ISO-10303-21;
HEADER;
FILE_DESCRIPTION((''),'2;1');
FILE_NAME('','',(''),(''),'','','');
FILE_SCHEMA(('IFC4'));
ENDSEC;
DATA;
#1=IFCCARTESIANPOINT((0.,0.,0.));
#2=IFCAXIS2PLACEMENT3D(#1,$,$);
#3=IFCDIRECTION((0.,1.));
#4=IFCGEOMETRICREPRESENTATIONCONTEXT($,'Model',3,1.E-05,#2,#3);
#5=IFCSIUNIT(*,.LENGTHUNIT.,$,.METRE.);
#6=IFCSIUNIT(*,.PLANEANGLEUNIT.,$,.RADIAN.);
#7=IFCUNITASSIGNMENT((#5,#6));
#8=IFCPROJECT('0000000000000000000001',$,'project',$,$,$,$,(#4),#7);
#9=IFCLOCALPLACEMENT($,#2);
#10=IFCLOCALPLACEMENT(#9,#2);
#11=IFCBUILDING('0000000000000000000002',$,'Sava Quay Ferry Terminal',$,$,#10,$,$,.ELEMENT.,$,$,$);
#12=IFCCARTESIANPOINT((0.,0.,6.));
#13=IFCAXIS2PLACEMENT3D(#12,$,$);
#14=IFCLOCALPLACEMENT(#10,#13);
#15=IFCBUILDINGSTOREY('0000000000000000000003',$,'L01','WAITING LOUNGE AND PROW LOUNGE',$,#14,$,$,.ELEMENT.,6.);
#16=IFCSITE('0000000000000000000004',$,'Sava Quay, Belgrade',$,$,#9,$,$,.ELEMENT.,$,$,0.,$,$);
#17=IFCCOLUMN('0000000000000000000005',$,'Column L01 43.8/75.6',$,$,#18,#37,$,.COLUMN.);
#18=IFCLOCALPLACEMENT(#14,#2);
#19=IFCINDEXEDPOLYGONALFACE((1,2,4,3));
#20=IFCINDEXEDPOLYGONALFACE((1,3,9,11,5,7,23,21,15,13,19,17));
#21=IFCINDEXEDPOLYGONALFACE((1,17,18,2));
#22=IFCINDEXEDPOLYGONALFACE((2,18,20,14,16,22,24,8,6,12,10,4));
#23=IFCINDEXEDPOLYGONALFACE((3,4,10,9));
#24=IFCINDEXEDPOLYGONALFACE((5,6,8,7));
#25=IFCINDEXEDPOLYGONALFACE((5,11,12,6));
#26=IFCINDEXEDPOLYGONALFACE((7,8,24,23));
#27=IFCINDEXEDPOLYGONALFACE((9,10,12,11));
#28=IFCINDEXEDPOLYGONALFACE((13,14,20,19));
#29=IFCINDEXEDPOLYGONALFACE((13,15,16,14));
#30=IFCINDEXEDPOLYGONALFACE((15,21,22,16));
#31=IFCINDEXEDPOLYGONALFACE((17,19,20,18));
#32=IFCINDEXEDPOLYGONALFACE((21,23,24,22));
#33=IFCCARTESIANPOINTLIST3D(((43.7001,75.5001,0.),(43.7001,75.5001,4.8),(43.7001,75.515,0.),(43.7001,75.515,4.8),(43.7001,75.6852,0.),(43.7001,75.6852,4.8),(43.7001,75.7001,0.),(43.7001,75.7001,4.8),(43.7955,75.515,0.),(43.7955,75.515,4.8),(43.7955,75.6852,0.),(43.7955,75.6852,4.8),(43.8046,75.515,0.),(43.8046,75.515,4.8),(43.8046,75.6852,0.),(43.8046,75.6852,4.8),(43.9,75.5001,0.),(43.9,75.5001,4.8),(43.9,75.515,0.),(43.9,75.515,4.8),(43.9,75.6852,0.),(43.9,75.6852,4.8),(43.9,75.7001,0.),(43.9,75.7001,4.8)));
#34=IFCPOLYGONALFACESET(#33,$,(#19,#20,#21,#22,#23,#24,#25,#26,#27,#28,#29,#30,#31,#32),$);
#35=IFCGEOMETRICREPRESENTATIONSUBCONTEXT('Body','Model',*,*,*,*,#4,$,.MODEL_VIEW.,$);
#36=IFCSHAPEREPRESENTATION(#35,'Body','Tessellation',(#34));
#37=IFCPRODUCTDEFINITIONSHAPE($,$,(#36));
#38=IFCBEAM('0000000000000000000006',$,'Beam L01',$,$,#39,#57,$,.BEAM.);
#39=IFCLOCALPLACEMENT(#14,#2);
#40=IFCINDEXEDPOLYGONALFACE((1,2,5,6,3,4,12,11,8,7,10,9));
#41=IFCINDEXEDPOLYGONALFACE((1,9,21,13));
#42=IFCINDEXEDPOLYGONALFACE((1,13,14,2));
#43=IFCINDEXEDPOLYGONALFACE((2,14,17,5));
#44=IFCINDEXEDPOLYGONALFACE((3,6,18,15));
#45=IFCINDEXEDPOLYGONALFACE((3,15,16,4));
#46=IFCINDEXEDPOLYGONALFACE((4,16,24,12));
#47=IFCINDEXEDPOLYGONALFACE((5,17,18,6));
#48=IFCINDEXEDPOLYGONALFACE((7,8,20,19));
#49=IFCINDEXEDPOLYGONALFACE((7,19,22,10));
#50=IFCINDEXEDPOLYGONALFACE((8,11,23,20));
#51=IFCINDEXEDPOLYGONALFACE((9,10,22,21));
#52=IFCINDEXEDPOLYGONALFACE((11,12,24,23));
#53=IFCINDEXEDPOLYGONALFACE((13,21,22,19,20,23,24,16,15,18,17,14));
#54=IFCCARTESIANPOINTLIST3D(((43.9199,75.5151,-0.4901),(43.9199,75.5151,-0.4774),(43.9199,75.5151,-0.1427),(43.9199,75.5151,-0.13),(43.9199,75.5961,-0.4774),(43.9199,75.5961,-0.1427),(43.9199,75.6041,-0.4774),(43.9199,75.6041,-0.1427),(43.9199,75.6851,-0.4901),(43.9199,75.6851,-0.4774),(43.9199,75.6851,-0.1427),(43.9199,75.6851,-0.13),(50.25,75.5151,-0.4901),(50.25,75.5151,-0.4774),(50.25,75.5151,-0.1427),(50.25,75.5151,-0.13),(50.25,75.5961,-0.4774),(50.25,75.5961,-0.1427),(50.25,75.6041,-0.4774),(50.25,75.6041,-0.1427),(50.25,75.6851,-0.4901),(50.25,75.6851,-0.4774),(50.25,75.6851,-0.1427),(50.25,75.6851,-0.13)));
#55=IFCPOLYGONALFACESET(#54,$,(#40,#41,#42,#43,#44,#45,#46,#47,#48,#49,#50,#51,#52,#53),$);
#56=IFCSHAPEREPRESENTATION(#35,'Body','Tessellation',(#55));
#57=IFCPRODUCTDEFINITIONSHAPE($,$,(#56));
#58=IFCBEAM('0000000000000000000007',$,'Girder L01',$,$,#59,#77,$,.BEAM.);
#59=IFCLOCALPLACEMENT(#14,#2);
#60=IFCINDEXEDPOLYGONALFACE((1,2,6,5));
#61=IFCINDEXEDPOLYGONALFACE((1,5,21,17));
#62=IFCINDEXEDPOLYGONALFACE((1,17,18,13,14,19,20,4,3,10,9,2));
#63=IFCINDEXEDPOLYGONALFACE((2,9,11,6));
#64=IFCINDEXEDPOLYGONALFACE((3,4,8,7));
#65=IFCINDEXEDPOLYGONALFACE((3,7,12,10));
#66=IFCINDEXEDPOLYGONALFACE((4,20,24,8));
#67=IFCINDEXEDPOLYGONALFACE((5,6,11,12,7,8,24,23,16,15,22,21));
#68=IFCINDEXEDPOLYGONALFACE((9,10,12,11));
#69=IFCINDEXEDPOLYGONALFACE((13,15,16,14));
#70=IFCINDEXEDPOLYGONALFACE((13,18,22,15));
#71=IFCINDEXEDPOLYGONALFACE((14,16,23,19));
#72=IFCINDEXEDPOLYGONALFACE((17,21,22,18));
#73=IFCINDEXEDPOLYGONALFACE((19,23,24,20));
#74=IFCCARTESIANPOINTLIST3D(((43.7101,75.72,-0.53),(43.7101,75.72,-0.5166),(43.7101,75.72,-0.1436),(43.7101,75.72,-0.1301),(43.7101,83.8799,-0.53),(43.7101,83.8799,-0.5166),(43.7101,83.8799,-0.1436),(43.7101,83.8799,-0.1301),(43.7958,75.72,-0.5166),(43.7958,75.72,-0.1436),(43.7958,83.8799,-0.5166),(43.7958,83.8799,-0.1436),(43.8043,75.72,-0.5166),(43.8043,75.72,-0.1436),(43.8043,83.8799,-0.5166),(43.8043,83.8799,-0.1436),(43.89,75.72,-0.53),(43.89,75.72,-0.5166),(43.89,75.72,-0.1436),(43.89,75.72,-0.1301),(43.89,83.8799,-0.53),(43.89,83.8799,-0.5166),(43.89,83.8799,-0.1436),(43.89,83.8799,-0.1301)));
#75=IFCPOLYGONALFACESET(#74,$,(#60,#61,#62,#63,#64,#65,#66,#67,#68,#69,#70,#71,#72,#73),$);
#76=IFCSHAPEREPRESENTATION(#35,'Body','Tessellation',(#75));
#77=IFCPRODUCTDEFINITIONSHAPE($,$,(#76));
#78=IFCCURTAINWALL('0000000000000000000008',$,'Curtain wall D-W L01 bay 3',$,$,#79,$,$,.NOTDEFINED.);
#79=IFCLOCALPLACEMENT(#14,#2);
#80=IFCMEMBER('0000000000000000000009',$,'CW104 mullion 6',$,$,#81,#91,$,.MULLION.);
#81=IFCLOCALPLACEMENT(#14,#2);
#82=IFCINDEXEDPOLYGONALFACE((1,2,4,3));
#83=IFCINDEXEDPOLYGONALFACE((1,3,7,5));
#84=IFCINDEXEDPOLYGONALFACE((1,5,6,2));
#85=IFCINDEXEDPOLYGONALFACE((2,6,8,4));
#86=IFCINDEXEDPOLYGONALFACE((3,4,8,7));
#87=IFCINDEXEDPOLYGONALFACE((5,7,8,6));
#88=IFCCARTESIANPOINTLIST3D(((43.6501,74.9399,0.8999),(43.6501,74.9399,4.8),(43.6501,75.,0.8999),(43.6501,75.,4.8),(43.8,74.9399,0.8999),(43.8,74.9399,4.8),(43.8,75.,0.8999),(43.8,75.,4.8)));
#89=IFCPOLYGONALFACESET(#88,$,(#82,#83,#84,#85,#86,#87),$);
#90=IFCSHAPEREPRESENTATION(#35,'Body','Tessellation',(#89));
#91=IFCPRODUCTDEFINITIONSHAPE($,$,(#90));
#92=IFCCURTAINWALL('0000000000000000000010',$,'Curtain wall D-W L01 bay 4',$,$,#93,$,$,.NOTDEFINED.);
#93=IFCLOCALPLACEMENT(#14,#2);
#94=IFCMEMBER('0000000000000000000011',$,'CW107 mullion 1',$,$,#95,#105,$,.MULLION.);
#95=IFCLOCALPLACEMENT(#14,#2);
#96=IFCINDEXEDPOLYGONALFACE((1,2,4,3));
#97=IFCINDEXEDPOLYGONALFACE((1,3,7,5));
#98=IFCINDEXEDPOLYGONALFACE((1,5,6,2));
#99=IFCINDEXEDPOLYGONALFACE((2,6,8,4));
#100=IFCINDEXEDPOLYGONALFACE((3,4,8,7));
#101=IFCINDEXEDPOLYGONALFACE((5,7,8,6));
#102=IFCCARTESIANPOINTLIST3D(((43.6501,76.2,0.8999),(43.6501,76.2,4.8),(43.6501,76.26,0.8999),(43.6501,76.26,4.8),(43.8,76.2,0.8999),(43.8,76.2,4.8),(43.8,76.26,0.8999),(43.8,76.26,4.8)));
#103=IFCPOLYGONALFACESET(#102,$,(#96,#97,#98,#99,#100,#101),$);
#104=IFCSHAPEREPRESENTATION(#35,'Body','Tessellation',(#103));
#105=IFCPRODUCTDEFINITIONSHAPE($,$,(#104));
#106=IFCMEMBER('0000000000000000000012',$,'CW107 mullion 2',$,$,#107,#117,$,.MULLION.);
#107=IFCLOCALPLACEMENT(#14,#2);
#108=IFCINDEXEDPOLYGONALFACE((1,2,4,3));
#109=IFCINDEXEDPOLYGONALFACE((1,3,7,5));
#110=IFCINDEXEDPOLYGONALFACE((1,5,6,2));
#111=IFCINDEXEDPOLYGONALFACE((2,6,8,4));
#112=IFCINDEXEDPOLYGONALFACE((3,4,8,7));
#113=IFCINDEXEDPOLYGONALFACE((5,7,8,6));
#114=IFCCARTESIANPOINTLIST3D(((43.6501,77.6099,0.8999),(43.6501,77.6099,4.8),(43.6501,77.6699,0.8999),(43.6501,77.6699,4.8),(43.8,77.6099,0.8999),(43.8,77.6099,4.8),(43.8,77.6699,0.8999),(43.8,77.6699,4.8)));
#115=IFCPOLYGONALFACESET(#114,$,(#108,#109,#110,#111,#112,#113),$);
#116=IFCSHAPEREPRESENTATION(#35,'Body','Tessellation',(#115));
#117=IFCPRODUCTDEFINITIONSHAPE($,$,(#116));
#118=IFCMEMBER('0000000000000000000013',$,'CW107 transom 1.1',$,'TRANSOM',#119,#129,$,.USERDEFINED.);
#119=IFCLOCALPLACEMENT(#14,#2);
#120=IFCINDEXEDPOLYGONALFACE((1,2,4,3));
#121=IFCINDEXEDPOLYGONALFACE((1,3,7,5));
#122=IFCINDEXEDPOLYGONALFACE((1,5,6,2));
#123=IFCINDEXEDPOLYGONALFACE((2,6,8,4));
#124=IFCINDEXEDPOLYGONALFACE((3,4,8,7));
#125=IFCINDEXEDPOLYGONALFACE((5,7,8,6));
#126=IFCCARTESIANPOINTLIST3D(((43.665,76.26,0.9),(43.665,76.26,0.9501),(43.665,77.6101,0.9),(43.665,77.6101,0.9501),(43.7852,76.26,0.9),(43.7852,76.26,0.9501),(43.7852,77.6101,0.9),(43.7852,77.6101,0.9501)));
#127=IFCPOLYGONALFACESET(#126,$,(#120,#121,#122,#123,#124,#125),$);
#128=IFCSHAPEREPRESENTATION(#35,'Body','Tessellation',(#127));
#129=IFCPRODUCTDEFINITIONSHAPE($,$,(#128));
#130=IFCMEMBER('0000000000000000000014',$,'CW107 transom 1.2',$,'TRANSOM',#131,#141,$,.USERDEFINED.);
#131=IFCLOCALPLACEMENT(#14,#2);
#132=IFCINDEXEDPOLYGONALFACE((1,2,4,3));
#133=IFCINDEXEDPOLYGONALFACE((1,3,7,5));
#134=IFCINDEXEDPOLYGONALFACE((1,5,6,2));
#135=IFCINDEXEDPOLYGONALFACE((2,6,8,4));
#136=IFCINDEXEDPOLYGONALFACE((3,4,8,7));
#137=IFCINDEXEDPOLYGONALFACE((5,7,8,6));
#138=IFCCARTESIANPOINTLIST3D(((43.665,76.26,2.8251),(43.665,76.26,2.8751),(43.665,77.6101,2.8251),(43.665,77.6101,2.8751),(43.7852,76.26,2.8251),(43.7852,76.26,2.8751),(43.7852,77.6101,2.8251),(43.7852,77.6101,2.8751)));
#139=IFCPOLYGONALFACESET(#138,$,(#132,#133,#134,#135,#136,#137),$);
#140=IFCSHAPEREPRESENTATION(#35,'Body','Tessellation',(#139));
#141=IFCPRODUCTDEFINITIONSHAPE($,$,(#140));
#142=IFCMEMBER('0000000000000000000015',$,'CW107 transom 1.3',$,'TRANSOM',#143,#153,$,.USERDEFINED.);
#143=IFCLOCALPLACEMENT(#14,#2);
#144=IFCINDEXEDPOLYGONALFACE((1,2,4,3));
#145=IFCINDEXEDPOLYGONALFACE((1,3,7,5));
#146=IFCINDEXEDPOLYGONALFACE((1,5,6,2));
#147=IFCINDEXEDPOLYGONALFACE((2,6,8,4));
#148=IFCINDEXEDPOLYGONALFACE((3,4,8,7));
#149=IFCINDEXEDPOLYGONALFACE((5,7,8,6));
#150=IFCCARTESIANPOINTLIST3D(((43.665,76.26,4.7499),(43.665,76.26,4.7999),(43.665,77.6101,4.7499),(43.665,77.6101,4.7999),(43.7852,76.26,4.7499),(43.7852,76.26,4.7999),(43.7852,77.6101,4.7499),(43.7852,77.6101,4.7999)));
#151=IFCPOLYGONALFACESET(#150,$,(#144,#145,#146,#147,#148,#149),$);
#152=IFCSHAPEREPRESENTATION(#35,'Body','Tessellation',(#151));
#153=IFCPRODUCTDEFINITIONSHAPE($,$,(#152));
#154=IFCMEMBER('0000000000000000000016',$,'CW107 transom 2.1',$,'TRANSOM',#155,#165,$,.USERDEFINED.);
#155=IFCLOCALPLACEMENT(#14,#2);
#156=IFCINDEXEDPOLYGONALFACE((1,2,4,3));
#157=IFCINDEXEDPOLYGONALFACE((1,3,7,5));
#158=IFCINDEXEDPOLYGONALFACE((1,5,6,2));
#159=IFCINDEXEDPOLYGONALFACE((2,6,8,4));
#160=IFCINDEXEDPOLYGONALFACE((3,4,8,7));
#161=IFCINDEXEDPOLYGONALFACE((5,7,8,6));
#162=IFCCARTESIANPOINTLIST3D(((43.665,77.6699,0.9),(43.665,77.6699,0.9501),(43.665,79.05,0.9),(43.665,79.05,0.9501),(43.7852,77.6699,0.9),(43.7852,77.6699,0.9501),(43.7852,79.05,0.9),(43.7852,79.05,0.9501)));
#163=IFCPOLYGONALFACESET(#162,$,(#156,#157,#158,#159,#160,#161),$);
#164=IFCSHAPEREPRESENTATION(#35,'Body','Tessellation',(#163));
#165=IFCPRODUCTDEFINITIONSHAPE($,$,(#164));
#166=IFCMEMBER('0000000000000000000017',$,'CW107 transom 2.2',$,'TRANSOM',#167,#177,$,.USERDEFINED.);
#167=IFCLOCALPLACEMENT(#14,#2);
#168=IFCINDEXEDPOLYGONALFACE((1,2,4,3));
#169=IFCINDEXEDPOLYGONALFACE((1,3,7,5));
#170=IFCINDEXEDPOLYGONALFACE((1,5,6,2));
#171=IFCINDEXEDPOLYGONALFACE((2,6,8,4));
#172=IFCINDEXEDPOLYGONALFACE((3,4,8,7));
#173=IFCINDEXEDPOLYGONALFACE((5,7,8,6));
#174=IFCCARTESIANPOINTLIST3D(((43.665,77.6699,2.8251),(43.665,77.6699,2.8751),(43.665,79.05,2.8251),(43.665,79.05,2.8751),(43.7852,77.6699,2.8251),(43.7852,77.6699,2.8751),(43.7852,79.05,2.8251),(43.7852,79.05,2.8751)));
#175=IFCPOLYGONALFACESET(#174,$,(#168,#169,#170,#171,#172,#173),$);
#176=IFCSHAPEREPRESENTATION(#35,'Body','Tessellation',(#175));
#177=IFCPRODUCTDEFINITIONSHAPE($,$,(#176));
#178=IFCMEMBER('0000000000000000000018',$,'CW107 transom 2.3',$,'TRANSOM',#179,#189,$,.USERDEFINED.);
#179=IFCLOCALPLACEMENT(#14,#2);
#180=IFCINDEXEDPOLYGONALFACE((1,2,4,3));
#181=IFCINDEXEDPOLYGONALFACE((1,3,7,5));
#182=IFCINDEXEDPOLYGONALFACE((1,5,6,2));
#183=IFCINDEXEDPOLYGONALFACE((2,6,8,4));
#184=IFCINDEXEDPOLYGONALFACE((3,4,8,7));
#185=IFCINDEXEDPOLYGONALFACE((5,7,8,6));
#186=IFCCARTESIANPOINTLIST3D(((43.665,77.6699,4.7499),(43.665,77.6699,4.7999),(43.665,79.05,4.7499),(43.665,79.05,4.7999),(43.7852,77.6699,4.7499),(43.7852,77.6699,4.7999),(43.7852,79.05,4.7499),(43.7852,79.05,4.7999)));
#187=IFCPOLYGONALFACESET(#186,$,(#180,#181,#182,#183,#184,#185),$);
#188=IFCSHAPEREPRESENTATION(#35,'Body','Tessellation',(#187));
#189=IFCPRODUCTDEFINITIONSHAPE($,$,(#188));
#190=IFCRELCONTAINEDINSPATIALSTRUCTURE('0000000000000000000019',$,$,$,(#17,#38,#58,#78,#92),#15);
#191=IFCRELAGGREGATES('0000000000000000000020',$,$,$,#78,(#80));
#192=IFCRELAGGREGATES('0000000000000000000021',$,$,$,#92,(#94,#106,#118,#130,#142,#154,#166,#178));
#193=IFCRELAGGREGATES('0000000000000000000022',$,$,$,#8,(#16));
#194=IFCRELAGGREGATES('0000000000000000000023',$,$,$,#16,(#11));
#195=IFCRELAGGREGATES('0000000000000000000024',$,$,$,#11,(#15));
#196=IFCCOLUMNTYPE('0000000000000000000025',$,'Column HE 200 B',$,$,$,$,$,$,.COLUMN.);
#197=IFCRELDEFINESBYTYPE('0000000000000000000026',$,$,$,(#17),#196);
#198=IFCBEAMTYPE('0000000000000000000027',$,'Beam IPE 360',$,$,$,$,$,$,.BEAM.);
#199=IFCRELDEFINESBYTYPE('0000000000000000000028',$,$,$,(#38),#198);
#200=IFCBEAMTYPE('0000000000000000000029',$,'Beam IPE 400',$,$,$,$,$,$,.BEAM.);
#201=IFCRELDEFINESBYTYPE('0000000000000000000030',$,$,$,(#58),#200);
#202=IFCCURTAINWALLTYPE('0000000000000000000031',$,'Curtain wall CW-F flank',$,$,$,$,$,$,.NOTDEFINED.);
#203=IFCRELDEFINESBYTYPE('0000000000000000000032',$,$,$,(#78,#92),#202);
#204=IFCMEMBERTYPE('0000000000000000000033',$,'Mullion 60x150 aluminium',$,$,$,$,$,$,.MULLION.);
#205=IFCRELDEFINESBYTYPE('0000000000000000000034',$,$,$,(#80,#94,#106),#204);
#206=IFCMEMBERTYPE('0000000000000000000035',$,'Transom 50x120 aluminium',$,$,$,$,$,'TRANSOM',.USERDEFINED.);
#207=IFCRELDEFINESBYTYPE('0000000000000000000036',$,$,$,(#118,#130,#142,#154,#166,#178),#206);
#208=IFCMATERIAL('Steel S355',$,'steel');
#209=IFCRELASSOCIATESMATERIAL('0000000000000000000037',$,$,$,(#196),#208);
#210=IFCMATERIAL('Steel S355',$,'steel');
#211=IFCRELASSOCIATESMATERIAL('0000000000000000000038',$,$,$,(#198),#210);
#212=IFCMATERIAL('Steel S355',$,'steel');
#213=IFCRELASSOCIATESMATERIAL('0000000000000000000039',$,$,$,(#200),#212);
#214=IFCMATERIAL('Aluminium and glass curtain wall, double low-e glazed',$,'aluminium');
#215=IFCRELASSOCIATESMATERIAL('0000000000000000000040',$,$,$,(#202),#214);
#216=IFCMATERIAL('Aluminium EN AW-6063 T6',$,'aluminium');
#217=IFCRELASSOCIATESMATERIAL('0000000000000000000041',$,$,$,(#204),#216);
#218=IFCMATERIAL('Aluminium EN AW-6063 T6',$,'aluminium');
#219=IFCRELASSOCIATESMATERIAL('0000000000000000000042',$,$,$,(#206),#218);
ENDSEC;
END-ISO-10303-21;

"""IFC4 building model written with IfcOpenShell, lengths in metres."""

from ifc_helpers import new_model, si_unit, direction, frame, origin, origin_2d, place, context, subcontext, project, spatial, rectangle, i_section, extrude, material, material_profile, profile_set, type_object, element, aggregate, save


model = new_model("IFC4")

# Units and contexts
model_context = context("Model", 3, precision=1e-05, world=origin(), true_north=direction((0.0, 1.0)))
body_context = subcontext(model_context, "Body", "Model", "MODEL_VIEW")
ifc_project = project(units=[si_unit("LENGTHUNIT", "METRE"), si_unit("PLANEANGLEUNIT", "RADIAN")], contexts=[model_context])

# Site, building, storey
site_placement = place(None, origin())
site = spatial("IfcSite", under=ifc_project, at=site_placement, Name="Sava Quay, Belgrade", CompositionType="ELEMENT", RefElevation=0.0)
building_placement = place(site_placement, origin())
building = spatial("IfcBuilding", under=site, at=building_placement, Name="Sava Quay Ferry Terminal", CompositionType="ELEMENT")
storey_placement = place(building_placement, frame((0.0, 0.0, 6.0)))
storey = spatial("IfcBuildingStorey", under=building, at=storey_placement, Name="L01", Description="WAITING LOUNGE AND PROW LOUNGE", CompositionType="ELEMENT", Elevation=6.0)

# Column
ifc_material_1 = material(Name="Steel S355", Category="steel")
ifc_material_profile_1 = material_profile(ifc_material_1, i_section(OverallWidth=0.2, OverallDepth=0.2, WebThickness=0.009, FlangeThickness=0.0149, at=origin_2d()), Name="HE 200 B")
ifc_profile_set_1 = profile_set([ifc_material_profile_1], Name="Steel S355")
column_type = type_object("IfcColumnType", Name="Column HE 200 B", PredefinedType="COLUMN", material=ifc_profile_set_1)
column_placement = place(storey_placement, frame((43.8, 75.6001, 0.0), z_axis=(0.0, 0.0, 1.0), x_axis=(1.0, 0.0, 0.0)))
element("IfcColumn", 1, at=column_placement, inside=storey, type_object=column_type, Name="Column L01 43.8/75.6", PredefinedType="COLUMN", context=body_context, shape_type="SweptSolid", body=[
    extrude(i_section(OverallWidth=0.2, OverallDepth=0.2, WebThickness=0.009, FlangeThickness=0.0149, at=origin_2d()), origin(), (0.0, 0.0, 1.0), 4.8),
])

# Beams
ifc_material_2 = material(Name="Steel S355", Category="steel")
ifc_material_profile_2 = material_profile(ifc_material_2, i_section(OverallWidth=0.1699, OverallDepth=0.3601, WebThickness=0.0081, FlangeThickness=0.0127, at=origin_2d()), Name="IPE 360")
ifc_profile_set_2 = profile_set([ifc_material_profile_2], Name="Steel S355")
beam_type_1 = type_object("IfcBeamType", Name="Beam IPE 360", PredefinedType="BEAM", material=ifc_profile_set_2)
beam_1_placement = place(storey_placement, frame((43.9199, 75.6001, -0.3101), z_axis=(1.0, 0.0, 0.0), x_axis=(0.0, 1.0, 0.0)))
element("IfcBeam", 2, at=beam_1_placement, inside=storey, type_object=beam_type_1, Name="Beam L01", PredefinedType="BEAM", context=body_context, shape_type="SweptSolid", body=[
    extrude(i_section(OverallWidth=0.1699, OverallDepth=0.3601, WebThickness=0.0081, FlangeThickness=0.0127, at=origin_2d()), origin(), (0.0, 0.0, 1.0), 6.3301),
])
ifc_material_3 = material(Name="Steel S355", Category="steel")
ifc_material_profile_3 = material_profile(ifc_material_3, i_section(OverallWidth=0.1799, OverallDepth=0.3999, WebThickness=0.0085, FlangeThickness=0.0134, at=origin_2d()), Name="IPE 400")
ifc_profile_set_3 = profile_set([ifc_material_profile_3], Name="Steel S355")
beam_type_2 = type_object("IfcBeamType", Name="Beam IPE 400", PredefinedType="BEAM", material=ifc_profile_set_3)
beam_2_placement = place(storey_placement, frame((43.8, 75.72, -0.3301), z_axis=(0.0, 1.0, 0.0), x_axis=(-1.0, 0.0, 0.0)))
element("IfcBeam", 3, at=beam_2_placement, inside=storey, type_object=beam_type_2, Name="Girder L01", PredefinedType="BEAM", context=body_context, shape_type="SweptSolid", body=[
    extrude(i_section(OverallWidth=0.1799, OverallDepth=0.3999, WebThickness=0.0085, FlangeThickness=0.0134, at=origin_2d()), origin(), (0.0, 0.0, 1.0), 8.1599),
])

# Curtain wall, member
ifc_material_4 = material(Name="Aluminium and glass curtain wall, double low-e glazed", Category="aluminium")
curtain_wall_type = type_object("IfcCurtainWallType", Name="Curtain wall CW-F flank", PredefinedType="NOTDEFINED", material=ifc_material_4)
curtain_wall_1_placement = place(storey_placement, origin())
curtain_wall_1 = element("IfcCurtainWall", 4, at=curtain_wall_1_placement, inside=storey, type_object=curtain_wall_type, Name="Curtain wall D-W L01 bay 3", PredefinedType="NOTDEFINED")
ifc_material_5 = material(Name="Aluminium EN AW-6063 T6", Category="aluminium")
ifc_material_profile_4 = material_profile(ifc_material_5, rectangle(XDim=0.1499, YDim=0.0601, at=origin_2d()), Name="Mullion 60x150 aluminium")
ifc_profile_set_4 = profile_set([ifc_material_profile_4], Name="Aluminium EN AW-6063 T6")
member_type_1 = type_object("IfcMemberType", Name="Mullion 60x150 aluminium", PredefinedType="MULLION", material=ifc_profile_set_4)
member_1_placement = place(storey_placement, frame((43.7251, 74.97, 0.8999), z_axis=(0.0, 0.0, 1.0), x_axis=(-1.0, 0.0, 0.0)))
member_1 = element("IfcMember", 5, at=member_1_placement, type_object=member_type_1, Name="CW104 mullion 6", PredefinedType="MULLION", context=body_context, shape_type="SweptSolid", body=[
    extrude(rectangle(XDim=0.1499, YDim=0.0601, at=origin_2d()), origin(), (0.0, 0.0, 1.0), 3.9001),
])
aggregate(curtain_wall_1, [member_1])

# Curtain wall, members
curtain_wall_2_placement = place(storey_placement, origin())
curtain_wall_2 = element("IfcCurtainWall", 6, at=curtain_wall_2_placement, inside=storey, type_object=curtain_wall_type, Name="Curtain wall D-W L01 bay 4", PredefinedType="NOTDEFINED")
member_2_placement = place(storey_placement, frame((43.7251, 76.23, 0.8999), z_axis=(0.0, 0.0, 1.0), x_axis=(-1.0, 0.0, 0.0)))
member_2 = element("IfcMember", 7, at=member_2_placement, type_object=member_type_1, Name="CW107 mullion 1", PredefinedType="MULLION", context=body_context, shape_type="SweptSolid", body=[
    extrude(rectangle(XDim=0.1499, YDim=0.0601, at=origin_2d()), origin(), (0.0, 0.0, 1.0), 3.9001),
])
member_3_placement = place(storey_placement, frame((43.7251, 77.6399, 0.8999), z_axis=(0.0, 0.0, 1.0), x_axis=(-1.0, 0.0, 0.0)))
member_3 = element("IfcMember", 8, at=member_3_placement, type_object=member_type_1, Name="CW107 mullion 2", PredefinedType="MULLION", context=body_context, shape_type="SweptSolid", body=[
    extrude(rectangle(XDim=0.1499, YDim=0.0601, at=origin_2d()), origin(), (0.0, 0.0, 1.0), 3.9001),
])
ifc_material_6 = material(Name="Aluminium EN AW-6063 T6", Category="aluminium")
ifc_material_profile_5 = material_profile(ifc_material_6, rectangle(XDim=0.1201, YDim=0.05, at=origin_2d()), Name="Transom 50x120 aluminium")
ifc_profile_set_5 = profile_set([ifc_material_profile_5], Name="Aluminium EN AW-6063 T6")
member_type_2 = type_object("IfcMemberType", Name="Transom 50x120 aluminium", ElementType="TRANSOM", PredefinedType="USERDEFINED", material=ifc_profile_set_5)
member_4_placement = place(storey_placement, frame((43.7251, 76.26, 0.925), z_axis=(0.0, 1.0, 0.0), x_axis=(-1.0, 0.0, 0.0)))
member_4 = element("IfcMember", 9, at=member_4_placement, type_object=member_type_2, Name="CW107 transom 1.1", ObjectType="TRANSOM", PredefinedType="USERDEFINED", context=body_context, shape_type="SweptSolid", body=[
    extrude(rectangle(XDim=0.1201, YDim=0.05, at=origin_2d()), origin(), (0.0, 0.0, 1.0), 1.3501),
])
member_5_placement = place(storey_placement, frame((43.7251, 76.26, 2.8501), z_axis=(0.0, 1.0, 0.0), x_axis=(-1.0, 0.0, 0.0)))
member_5 = element("IfcMember", 10, at=member_5_placement, type_object=member_type_2, Name="CW107 transom 1.2", ObjectType="TRANSOM", PredefinedType="USERDEFINED", context=body_context, shape_type="SweptSolid", body=[
    extrude(rectangle(XDim=0.1201, YDim=0.05, at=origin_2d()), origin(), (0.0, 0.0, 1.0), 1.3501),
])
member_6_placement = place(storey_placement, frame((43.7251, 76.26, 4.7749), z_axis=(0.0, 1.0, 0.0), x_axis=(-1.0, 0.0, 0.0)))
member_6 = element("IfcMember", 11, at=member_6_placement, type_object=member_type_2, Name="CW107 transom 1.3", ObjectType="TRANSOM", PredefinedType="USERDEFINED", context=body_context, shape_type="SweptSolid", body=[
    extrude(rectangle(XDim=0.1201, YDim=0.05, at=origin_2d()), origin(), (0.0, 0.0, 1.0), 1.3501),
])
member_7_placement = place(storey_placement, frame((43.7251, 77.6699, 0.925), z_axis=(0.0, 1.0, 0.0), x_axis=(-1.0, 0.0, 0.0)))
member_7 = element("IfcMember", 12, at=member_7_placement, type_object=member_type_2, Name="CW107 transom 2.1", ObjectType="TRANSOM", PredefinedType="USERDEFINED", context=body_context, shape_type="SweptSolid", body=[
    extrude(rectangle(XDim=0.1201, YDim=0.05, at=origin_2d()), origin(), (0.0, 0.0, 1.0), 1.3801),
])
member_8_placement = place(storey_placement, frame((43.7251, 77.6699, 2.8501), z_axis=(0.0, 1.0, 0.0), x_axis=(-1.0, 0.0, 0.0)))
member_8 = element("IfcMember", 13, at=member_8_placement, type_object=member_type_2, Name="CW107 transom 2.2", ObjectType="TRANSOM", PredefinedType="USERDEFINED", context=body_context, shape_type="SweptSolid", body=[
    extrude(rectangle(XDim=0.1201, YDim=0.05, at=origin_2d()), origin(), (0.0, 0.0, 1.0), 1.3801),
])
member_9_placement = place(storey_placement, frame((43.7251, 77.6699, 4.7749), z_axis=(0.0, 1.0, 0.0), x_axis=(-1.0, 0.0, 0.0)))
member_9 = element("IfcMember", 14, at=member_9_placement, type_object=member_type_2, Name="CW107 transom 2.3", ObjectType="TRANSOM", PredefinedType="USERDEFINED", context=body_context, shape_type="SweptSolid", body=[
    extrude(rectangle(XDim=0.1201, YDim=0.05, at=origin_2d()), origin(), (0.0, 0.0, 1.0), 1.3801),
])
aggregate(curtain_wall_2, [member_2, member_3, member_4, member_5, member_6, member_7, member_8, member_9])

save(model, "model.ifc")
